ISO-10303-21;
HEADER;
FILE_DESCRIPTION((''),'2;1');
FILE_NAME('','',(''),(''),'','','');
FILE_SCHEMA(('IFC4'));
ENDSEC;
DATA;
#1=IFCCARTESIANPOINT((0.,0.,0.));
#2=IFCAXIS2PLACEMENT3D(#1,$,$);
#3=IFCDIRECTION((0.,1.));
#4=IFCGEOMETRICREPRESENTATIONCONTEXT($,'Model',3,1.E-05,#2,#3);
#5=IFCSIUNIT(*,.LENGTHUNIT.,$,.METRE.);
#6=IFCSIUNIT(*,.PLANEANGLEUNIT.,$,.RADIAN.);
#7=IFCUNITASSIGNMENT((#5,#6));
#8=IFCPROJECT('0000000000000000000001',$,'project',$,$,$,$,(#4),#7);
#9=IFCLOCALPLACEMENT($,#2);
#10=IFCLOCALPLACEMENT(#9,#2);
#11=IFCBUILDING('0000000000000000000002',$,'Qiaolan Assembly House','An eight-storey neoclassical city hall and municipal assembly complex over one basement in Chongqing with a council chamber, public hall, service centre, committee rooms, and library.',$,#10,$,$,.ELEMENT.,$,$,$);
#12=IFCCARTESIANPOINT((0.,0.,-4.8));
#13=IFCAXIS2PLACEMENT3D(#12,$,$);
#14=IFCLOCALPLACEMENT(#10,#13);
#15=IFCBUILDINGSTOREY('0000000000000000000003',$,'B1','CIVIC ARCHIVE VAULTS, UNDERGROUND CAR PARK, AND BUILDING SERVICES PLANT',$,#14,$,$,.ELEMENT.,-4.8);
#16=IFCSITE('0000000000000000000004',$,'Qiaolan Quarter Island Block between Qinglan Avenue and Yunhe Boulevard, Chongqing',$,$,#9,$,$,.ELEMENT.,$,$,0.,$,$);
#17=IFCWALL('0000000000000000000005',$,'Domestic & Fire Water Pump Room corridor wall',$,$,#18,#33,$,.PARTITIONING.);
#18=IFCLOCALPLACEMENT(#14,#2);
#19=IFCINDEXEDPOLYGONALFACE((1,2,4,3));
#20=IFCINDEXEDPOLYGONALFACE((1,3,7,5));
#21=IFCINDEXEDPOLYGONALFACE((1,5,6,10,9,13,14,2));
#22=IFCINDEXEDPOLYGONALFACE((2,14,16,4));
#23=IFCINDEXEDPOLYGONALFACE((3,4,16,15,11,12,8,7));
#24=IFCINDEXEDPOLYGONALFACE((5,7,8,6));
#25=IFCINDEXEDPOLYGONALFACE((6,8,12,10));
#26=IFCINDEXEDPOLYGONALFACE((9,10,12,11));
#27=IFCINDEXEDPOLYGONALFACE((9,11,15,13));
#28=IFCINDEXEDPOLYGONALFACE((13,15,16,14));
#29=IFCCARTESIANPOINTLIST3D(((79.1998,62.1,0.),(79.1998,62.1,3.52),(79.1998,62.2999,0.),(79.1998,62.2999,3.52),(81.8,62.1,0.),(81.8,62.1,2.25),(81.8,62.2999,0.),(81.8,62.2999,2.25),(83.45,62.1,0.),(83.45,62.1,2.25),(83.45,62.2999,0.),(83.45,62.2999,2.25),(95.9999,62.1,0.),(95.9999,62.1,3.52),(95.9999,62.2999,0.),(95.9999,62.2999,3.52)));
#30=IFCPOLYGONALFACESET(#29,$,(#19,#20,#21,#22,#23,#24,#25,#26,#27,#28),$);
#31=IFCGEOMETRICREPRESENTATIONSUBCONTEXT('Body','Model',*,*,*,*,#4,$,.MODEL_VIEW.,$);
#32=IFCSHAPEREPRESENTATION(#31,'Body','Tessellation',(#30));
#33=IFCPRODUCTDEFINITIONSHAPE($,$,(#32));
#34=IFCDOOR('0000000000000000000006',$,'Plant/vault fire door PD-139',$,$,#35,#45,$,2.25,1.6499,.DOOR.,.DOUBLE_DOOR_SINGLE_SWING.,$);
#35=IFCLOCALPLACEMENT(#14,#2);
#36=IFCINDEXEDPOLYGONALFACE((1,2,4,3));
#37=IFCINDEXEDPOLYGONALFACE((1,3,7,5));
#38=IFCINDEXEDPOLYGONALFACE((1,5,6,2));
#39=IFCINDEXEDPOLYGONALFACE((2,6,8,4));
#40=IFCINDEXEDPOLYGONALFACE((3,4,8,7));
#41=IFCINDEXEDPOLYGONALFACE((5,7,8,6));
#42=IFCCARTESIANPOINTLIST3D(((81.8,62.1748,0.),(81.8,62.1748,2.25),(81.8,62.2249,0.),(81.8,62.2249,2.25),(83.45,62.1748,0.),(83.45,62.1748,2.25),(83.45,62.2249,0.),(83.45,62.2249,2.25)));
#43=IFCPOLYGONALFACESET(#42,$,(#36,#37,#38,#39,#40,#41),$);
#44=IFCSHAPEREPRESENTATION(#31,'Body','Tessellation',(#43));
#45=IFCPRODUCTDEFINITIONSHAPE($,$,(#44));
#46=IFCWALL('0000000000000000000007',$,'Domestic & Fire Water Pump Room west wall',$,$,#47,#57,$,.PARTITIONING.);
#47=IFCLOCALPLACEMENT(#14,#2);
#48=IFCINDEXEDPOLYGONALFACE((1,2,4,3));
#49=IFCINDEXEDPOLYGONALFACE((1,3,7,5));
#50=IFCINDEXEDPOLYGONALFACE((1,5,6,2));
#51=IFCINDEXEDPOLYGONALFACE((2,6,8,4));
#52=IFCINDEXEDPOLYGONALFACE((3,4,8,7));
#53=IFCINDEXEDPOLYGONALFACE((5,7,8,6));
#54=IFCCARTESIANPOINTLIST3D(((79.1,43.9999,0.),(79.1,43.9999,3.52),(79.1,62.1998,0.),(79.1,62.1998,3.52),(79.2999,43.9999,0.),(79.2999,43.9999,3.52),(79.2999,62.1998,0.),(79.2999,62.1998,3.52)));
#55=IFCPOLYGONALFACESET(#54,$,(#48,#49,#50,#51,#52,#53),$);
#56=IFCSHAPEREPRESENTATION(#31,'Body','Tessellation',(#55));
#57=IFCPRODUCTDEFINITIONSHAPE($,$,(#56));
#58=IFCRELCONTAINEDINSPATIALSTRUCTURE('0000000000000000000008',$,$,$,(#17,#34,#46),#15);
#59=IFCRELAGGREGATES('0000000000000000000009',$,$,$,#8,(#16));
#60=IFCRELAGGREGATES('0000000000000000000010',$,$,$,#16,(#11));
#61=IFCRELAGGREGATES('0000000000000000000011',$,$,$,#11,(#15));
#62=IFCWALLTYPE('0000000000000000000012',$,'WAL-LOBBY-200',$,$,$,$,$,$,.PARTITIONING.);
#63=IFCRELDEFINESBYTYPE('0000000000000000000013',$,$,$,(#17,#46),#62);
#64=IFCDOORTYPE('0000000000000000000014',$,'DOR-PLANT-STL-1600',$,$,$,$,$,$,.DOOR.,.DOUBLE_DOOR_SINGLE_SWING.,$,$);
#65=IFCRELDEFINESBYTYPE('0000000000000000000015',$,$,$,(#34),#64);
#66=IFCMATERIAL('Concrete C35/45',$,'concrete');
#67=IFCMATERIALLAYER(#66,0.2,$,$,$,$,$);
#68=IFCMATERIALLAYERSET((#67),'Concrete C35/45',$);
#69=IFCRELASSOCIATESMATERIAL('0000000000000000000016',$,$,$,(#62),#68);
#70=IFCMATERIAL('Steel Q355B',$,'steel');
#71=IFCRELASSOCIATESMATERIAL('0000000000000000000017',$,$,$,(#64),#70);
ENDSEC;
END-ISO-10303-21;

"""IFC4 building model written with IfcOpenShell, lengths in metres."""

from ifc_helpers import new_model, si_unit, direction, frame, frame_2d, origin, place, context, subcontext, project, spatial, rectangle, extrude, material, layer, layer_set, type_object, element, fill, save


model = new_model("IFC4")

# Units and contexts
model_context = context("Model", 3, precision=1e-05, world=origin(), true_north=direction((0.0, 1.0)))
body_context = subcontext(model_context, "Body", "Model", "MODEL_VIEW")
ifc_project = project(units=[si_unit("LENGTHUNIT", "METRE"), si_unit("PLANEANGLEUNIT", "RADIAN")], contexts=[model_context])

# Site, building, storey
site_placement = place(None, origin())
site = spatial("IfcSite", under=ifc_project, at=site_placement, Name="Qiaolan Quarter Island Block between Qinglan Avenue and Yunhe Boulevard, Chongqing", CompositionType="ELEMENT", RefElevation=0.0)
building_placement = place(site_placement, origin())
building = spatial("IfcBuilding", under=site, at=building_placement, Name="Qiaolan Assembly House", Description="An eight-storey neoclassical city hall and municipal assembly complex over one basement in Chongqing with a council chamber, public hall, service centre, committee rooms, and library.", CompositionType="ELEMENT")
storey_placement = place(building_placement, frame((0.0, 0.0, -4.8)))
storey = spatial("IfcBuildingStorey", under=building, at=storey_placement, Name="B1", Description="CIVIC ARCHIVE VAULTS, UNDERGROUND CAR PARK, AND BUILDING SERVICES PLANT", CompositionType="ELEMENT", Elevation=-4.8)

# Wall, opening, door
ifc_material_1 = material(Name="Concrete C35/45", Category="concrete")
ifc_layer = layer(ifc_material_1, 0.2)
ifc_layer_set = layer_set([ifc_layer], Name="Concrete C35/45")
wall_type = type_object("IfcWallType", Name="WAL-LOBBY-200", PredefinedType="PARTITIONING", material=ifc_layer_set)
wall_1_placement = place(storey_placement, frame((79.2, 62.2, 0.0), z_axis=(0.0, 0.0, 1.0), x_axis=(1.0, 0.0, 0.0)))
wall_1 = element("IfcWall", 1, at=wall_1_placement, inside=storey, type_object=wall_type, Name="Domestic & Fire Water Pump Room corridor wall", PredefinedType="PARTITIONING", context=body_context, shape_type="SweptSolid", body=[
    extrude(rectangle(XDim=16.8, YDim=0.2, at=frame_2d((8.3999, 0.0))), origin(), (0.0, 0.0, 1.0), 3.52),
])
opening_placement = place(wall_1_placement, frame((2.6001, 0.0, 0.0)))
opening = element("IfcOpeningElement", 2, at=opening_placement, cuts=wall_1, PredefinedType="OPENING", context=body_context, shape_type="SweptSolid", body=[
    extrude(rectangle(XDim=1.6499, YDim=2.25, at=frame_2d((0.825, 1.125))), frame((0.0, 0.1099, 0.0), z_axis=(0.0, -1.0, 0.0), x_axis=(1.0, 0.0, 0.0)), (0.0, 0.0, 1.0), 0.22),
])
ifc_material_2 = material(Name="Steel Q355B", Category="steel")
door_type = type_object("IfcDoorType", Name="DOR-PLANT-STL-1600", OperationType="DOUBLE_DOOR_SINGLE_SWING", PredefinedType="DOOR", material=ifc_material_2)
door_placement = place(opening_placement, origin())
door = element("IfcDoor", 3, at=door_placement, inside=storey, type_object=door_type, Name="Plant/vault fire door PD-139", OperationType="DOUBLE_DOOR_SINGLE_SWING", OverallHeight=2.25, OverallWidth=1.6499, PredefinedType="DOOR", context=body_context, shape_type="SweptSolid", body=[
    extrude(rectangle(XDim=1.6499, YDim=2.25, at=frame_2d((0.825, 1.125))), frame((0.0, 0.0249, 0.0), z_axis=(0.0, -1.0, 0.0), x_axis=(1.0, 0.0, 0.0)), (0.0, 0.0, 1.0), 0.05),
])
fill(opening, door)

# Wall
wall_2_placement = place(storey_placement, frame((79.2, 62.2, 0.0), z_axis=(0.0, 0.0, 1.0), x_axis=(0.0, -1.0, 0.0)))
element("IfcWall", 4, at=wall_2_placement, inside=storey, type_object=wall_type, Name="Domestic & Fire Water Pump Room west wall", PredefinedType="PARTITIONING", context=body_context, shape_type="SweptSolid", body=[
    extrude(rectangle(XDim=18.2, YDim=0.2, at=frame_2d((9.1001, 0.0))), origin(), (0.0, 0.0, 1.0), 3.52),
])

save(model, "model.ifc")
